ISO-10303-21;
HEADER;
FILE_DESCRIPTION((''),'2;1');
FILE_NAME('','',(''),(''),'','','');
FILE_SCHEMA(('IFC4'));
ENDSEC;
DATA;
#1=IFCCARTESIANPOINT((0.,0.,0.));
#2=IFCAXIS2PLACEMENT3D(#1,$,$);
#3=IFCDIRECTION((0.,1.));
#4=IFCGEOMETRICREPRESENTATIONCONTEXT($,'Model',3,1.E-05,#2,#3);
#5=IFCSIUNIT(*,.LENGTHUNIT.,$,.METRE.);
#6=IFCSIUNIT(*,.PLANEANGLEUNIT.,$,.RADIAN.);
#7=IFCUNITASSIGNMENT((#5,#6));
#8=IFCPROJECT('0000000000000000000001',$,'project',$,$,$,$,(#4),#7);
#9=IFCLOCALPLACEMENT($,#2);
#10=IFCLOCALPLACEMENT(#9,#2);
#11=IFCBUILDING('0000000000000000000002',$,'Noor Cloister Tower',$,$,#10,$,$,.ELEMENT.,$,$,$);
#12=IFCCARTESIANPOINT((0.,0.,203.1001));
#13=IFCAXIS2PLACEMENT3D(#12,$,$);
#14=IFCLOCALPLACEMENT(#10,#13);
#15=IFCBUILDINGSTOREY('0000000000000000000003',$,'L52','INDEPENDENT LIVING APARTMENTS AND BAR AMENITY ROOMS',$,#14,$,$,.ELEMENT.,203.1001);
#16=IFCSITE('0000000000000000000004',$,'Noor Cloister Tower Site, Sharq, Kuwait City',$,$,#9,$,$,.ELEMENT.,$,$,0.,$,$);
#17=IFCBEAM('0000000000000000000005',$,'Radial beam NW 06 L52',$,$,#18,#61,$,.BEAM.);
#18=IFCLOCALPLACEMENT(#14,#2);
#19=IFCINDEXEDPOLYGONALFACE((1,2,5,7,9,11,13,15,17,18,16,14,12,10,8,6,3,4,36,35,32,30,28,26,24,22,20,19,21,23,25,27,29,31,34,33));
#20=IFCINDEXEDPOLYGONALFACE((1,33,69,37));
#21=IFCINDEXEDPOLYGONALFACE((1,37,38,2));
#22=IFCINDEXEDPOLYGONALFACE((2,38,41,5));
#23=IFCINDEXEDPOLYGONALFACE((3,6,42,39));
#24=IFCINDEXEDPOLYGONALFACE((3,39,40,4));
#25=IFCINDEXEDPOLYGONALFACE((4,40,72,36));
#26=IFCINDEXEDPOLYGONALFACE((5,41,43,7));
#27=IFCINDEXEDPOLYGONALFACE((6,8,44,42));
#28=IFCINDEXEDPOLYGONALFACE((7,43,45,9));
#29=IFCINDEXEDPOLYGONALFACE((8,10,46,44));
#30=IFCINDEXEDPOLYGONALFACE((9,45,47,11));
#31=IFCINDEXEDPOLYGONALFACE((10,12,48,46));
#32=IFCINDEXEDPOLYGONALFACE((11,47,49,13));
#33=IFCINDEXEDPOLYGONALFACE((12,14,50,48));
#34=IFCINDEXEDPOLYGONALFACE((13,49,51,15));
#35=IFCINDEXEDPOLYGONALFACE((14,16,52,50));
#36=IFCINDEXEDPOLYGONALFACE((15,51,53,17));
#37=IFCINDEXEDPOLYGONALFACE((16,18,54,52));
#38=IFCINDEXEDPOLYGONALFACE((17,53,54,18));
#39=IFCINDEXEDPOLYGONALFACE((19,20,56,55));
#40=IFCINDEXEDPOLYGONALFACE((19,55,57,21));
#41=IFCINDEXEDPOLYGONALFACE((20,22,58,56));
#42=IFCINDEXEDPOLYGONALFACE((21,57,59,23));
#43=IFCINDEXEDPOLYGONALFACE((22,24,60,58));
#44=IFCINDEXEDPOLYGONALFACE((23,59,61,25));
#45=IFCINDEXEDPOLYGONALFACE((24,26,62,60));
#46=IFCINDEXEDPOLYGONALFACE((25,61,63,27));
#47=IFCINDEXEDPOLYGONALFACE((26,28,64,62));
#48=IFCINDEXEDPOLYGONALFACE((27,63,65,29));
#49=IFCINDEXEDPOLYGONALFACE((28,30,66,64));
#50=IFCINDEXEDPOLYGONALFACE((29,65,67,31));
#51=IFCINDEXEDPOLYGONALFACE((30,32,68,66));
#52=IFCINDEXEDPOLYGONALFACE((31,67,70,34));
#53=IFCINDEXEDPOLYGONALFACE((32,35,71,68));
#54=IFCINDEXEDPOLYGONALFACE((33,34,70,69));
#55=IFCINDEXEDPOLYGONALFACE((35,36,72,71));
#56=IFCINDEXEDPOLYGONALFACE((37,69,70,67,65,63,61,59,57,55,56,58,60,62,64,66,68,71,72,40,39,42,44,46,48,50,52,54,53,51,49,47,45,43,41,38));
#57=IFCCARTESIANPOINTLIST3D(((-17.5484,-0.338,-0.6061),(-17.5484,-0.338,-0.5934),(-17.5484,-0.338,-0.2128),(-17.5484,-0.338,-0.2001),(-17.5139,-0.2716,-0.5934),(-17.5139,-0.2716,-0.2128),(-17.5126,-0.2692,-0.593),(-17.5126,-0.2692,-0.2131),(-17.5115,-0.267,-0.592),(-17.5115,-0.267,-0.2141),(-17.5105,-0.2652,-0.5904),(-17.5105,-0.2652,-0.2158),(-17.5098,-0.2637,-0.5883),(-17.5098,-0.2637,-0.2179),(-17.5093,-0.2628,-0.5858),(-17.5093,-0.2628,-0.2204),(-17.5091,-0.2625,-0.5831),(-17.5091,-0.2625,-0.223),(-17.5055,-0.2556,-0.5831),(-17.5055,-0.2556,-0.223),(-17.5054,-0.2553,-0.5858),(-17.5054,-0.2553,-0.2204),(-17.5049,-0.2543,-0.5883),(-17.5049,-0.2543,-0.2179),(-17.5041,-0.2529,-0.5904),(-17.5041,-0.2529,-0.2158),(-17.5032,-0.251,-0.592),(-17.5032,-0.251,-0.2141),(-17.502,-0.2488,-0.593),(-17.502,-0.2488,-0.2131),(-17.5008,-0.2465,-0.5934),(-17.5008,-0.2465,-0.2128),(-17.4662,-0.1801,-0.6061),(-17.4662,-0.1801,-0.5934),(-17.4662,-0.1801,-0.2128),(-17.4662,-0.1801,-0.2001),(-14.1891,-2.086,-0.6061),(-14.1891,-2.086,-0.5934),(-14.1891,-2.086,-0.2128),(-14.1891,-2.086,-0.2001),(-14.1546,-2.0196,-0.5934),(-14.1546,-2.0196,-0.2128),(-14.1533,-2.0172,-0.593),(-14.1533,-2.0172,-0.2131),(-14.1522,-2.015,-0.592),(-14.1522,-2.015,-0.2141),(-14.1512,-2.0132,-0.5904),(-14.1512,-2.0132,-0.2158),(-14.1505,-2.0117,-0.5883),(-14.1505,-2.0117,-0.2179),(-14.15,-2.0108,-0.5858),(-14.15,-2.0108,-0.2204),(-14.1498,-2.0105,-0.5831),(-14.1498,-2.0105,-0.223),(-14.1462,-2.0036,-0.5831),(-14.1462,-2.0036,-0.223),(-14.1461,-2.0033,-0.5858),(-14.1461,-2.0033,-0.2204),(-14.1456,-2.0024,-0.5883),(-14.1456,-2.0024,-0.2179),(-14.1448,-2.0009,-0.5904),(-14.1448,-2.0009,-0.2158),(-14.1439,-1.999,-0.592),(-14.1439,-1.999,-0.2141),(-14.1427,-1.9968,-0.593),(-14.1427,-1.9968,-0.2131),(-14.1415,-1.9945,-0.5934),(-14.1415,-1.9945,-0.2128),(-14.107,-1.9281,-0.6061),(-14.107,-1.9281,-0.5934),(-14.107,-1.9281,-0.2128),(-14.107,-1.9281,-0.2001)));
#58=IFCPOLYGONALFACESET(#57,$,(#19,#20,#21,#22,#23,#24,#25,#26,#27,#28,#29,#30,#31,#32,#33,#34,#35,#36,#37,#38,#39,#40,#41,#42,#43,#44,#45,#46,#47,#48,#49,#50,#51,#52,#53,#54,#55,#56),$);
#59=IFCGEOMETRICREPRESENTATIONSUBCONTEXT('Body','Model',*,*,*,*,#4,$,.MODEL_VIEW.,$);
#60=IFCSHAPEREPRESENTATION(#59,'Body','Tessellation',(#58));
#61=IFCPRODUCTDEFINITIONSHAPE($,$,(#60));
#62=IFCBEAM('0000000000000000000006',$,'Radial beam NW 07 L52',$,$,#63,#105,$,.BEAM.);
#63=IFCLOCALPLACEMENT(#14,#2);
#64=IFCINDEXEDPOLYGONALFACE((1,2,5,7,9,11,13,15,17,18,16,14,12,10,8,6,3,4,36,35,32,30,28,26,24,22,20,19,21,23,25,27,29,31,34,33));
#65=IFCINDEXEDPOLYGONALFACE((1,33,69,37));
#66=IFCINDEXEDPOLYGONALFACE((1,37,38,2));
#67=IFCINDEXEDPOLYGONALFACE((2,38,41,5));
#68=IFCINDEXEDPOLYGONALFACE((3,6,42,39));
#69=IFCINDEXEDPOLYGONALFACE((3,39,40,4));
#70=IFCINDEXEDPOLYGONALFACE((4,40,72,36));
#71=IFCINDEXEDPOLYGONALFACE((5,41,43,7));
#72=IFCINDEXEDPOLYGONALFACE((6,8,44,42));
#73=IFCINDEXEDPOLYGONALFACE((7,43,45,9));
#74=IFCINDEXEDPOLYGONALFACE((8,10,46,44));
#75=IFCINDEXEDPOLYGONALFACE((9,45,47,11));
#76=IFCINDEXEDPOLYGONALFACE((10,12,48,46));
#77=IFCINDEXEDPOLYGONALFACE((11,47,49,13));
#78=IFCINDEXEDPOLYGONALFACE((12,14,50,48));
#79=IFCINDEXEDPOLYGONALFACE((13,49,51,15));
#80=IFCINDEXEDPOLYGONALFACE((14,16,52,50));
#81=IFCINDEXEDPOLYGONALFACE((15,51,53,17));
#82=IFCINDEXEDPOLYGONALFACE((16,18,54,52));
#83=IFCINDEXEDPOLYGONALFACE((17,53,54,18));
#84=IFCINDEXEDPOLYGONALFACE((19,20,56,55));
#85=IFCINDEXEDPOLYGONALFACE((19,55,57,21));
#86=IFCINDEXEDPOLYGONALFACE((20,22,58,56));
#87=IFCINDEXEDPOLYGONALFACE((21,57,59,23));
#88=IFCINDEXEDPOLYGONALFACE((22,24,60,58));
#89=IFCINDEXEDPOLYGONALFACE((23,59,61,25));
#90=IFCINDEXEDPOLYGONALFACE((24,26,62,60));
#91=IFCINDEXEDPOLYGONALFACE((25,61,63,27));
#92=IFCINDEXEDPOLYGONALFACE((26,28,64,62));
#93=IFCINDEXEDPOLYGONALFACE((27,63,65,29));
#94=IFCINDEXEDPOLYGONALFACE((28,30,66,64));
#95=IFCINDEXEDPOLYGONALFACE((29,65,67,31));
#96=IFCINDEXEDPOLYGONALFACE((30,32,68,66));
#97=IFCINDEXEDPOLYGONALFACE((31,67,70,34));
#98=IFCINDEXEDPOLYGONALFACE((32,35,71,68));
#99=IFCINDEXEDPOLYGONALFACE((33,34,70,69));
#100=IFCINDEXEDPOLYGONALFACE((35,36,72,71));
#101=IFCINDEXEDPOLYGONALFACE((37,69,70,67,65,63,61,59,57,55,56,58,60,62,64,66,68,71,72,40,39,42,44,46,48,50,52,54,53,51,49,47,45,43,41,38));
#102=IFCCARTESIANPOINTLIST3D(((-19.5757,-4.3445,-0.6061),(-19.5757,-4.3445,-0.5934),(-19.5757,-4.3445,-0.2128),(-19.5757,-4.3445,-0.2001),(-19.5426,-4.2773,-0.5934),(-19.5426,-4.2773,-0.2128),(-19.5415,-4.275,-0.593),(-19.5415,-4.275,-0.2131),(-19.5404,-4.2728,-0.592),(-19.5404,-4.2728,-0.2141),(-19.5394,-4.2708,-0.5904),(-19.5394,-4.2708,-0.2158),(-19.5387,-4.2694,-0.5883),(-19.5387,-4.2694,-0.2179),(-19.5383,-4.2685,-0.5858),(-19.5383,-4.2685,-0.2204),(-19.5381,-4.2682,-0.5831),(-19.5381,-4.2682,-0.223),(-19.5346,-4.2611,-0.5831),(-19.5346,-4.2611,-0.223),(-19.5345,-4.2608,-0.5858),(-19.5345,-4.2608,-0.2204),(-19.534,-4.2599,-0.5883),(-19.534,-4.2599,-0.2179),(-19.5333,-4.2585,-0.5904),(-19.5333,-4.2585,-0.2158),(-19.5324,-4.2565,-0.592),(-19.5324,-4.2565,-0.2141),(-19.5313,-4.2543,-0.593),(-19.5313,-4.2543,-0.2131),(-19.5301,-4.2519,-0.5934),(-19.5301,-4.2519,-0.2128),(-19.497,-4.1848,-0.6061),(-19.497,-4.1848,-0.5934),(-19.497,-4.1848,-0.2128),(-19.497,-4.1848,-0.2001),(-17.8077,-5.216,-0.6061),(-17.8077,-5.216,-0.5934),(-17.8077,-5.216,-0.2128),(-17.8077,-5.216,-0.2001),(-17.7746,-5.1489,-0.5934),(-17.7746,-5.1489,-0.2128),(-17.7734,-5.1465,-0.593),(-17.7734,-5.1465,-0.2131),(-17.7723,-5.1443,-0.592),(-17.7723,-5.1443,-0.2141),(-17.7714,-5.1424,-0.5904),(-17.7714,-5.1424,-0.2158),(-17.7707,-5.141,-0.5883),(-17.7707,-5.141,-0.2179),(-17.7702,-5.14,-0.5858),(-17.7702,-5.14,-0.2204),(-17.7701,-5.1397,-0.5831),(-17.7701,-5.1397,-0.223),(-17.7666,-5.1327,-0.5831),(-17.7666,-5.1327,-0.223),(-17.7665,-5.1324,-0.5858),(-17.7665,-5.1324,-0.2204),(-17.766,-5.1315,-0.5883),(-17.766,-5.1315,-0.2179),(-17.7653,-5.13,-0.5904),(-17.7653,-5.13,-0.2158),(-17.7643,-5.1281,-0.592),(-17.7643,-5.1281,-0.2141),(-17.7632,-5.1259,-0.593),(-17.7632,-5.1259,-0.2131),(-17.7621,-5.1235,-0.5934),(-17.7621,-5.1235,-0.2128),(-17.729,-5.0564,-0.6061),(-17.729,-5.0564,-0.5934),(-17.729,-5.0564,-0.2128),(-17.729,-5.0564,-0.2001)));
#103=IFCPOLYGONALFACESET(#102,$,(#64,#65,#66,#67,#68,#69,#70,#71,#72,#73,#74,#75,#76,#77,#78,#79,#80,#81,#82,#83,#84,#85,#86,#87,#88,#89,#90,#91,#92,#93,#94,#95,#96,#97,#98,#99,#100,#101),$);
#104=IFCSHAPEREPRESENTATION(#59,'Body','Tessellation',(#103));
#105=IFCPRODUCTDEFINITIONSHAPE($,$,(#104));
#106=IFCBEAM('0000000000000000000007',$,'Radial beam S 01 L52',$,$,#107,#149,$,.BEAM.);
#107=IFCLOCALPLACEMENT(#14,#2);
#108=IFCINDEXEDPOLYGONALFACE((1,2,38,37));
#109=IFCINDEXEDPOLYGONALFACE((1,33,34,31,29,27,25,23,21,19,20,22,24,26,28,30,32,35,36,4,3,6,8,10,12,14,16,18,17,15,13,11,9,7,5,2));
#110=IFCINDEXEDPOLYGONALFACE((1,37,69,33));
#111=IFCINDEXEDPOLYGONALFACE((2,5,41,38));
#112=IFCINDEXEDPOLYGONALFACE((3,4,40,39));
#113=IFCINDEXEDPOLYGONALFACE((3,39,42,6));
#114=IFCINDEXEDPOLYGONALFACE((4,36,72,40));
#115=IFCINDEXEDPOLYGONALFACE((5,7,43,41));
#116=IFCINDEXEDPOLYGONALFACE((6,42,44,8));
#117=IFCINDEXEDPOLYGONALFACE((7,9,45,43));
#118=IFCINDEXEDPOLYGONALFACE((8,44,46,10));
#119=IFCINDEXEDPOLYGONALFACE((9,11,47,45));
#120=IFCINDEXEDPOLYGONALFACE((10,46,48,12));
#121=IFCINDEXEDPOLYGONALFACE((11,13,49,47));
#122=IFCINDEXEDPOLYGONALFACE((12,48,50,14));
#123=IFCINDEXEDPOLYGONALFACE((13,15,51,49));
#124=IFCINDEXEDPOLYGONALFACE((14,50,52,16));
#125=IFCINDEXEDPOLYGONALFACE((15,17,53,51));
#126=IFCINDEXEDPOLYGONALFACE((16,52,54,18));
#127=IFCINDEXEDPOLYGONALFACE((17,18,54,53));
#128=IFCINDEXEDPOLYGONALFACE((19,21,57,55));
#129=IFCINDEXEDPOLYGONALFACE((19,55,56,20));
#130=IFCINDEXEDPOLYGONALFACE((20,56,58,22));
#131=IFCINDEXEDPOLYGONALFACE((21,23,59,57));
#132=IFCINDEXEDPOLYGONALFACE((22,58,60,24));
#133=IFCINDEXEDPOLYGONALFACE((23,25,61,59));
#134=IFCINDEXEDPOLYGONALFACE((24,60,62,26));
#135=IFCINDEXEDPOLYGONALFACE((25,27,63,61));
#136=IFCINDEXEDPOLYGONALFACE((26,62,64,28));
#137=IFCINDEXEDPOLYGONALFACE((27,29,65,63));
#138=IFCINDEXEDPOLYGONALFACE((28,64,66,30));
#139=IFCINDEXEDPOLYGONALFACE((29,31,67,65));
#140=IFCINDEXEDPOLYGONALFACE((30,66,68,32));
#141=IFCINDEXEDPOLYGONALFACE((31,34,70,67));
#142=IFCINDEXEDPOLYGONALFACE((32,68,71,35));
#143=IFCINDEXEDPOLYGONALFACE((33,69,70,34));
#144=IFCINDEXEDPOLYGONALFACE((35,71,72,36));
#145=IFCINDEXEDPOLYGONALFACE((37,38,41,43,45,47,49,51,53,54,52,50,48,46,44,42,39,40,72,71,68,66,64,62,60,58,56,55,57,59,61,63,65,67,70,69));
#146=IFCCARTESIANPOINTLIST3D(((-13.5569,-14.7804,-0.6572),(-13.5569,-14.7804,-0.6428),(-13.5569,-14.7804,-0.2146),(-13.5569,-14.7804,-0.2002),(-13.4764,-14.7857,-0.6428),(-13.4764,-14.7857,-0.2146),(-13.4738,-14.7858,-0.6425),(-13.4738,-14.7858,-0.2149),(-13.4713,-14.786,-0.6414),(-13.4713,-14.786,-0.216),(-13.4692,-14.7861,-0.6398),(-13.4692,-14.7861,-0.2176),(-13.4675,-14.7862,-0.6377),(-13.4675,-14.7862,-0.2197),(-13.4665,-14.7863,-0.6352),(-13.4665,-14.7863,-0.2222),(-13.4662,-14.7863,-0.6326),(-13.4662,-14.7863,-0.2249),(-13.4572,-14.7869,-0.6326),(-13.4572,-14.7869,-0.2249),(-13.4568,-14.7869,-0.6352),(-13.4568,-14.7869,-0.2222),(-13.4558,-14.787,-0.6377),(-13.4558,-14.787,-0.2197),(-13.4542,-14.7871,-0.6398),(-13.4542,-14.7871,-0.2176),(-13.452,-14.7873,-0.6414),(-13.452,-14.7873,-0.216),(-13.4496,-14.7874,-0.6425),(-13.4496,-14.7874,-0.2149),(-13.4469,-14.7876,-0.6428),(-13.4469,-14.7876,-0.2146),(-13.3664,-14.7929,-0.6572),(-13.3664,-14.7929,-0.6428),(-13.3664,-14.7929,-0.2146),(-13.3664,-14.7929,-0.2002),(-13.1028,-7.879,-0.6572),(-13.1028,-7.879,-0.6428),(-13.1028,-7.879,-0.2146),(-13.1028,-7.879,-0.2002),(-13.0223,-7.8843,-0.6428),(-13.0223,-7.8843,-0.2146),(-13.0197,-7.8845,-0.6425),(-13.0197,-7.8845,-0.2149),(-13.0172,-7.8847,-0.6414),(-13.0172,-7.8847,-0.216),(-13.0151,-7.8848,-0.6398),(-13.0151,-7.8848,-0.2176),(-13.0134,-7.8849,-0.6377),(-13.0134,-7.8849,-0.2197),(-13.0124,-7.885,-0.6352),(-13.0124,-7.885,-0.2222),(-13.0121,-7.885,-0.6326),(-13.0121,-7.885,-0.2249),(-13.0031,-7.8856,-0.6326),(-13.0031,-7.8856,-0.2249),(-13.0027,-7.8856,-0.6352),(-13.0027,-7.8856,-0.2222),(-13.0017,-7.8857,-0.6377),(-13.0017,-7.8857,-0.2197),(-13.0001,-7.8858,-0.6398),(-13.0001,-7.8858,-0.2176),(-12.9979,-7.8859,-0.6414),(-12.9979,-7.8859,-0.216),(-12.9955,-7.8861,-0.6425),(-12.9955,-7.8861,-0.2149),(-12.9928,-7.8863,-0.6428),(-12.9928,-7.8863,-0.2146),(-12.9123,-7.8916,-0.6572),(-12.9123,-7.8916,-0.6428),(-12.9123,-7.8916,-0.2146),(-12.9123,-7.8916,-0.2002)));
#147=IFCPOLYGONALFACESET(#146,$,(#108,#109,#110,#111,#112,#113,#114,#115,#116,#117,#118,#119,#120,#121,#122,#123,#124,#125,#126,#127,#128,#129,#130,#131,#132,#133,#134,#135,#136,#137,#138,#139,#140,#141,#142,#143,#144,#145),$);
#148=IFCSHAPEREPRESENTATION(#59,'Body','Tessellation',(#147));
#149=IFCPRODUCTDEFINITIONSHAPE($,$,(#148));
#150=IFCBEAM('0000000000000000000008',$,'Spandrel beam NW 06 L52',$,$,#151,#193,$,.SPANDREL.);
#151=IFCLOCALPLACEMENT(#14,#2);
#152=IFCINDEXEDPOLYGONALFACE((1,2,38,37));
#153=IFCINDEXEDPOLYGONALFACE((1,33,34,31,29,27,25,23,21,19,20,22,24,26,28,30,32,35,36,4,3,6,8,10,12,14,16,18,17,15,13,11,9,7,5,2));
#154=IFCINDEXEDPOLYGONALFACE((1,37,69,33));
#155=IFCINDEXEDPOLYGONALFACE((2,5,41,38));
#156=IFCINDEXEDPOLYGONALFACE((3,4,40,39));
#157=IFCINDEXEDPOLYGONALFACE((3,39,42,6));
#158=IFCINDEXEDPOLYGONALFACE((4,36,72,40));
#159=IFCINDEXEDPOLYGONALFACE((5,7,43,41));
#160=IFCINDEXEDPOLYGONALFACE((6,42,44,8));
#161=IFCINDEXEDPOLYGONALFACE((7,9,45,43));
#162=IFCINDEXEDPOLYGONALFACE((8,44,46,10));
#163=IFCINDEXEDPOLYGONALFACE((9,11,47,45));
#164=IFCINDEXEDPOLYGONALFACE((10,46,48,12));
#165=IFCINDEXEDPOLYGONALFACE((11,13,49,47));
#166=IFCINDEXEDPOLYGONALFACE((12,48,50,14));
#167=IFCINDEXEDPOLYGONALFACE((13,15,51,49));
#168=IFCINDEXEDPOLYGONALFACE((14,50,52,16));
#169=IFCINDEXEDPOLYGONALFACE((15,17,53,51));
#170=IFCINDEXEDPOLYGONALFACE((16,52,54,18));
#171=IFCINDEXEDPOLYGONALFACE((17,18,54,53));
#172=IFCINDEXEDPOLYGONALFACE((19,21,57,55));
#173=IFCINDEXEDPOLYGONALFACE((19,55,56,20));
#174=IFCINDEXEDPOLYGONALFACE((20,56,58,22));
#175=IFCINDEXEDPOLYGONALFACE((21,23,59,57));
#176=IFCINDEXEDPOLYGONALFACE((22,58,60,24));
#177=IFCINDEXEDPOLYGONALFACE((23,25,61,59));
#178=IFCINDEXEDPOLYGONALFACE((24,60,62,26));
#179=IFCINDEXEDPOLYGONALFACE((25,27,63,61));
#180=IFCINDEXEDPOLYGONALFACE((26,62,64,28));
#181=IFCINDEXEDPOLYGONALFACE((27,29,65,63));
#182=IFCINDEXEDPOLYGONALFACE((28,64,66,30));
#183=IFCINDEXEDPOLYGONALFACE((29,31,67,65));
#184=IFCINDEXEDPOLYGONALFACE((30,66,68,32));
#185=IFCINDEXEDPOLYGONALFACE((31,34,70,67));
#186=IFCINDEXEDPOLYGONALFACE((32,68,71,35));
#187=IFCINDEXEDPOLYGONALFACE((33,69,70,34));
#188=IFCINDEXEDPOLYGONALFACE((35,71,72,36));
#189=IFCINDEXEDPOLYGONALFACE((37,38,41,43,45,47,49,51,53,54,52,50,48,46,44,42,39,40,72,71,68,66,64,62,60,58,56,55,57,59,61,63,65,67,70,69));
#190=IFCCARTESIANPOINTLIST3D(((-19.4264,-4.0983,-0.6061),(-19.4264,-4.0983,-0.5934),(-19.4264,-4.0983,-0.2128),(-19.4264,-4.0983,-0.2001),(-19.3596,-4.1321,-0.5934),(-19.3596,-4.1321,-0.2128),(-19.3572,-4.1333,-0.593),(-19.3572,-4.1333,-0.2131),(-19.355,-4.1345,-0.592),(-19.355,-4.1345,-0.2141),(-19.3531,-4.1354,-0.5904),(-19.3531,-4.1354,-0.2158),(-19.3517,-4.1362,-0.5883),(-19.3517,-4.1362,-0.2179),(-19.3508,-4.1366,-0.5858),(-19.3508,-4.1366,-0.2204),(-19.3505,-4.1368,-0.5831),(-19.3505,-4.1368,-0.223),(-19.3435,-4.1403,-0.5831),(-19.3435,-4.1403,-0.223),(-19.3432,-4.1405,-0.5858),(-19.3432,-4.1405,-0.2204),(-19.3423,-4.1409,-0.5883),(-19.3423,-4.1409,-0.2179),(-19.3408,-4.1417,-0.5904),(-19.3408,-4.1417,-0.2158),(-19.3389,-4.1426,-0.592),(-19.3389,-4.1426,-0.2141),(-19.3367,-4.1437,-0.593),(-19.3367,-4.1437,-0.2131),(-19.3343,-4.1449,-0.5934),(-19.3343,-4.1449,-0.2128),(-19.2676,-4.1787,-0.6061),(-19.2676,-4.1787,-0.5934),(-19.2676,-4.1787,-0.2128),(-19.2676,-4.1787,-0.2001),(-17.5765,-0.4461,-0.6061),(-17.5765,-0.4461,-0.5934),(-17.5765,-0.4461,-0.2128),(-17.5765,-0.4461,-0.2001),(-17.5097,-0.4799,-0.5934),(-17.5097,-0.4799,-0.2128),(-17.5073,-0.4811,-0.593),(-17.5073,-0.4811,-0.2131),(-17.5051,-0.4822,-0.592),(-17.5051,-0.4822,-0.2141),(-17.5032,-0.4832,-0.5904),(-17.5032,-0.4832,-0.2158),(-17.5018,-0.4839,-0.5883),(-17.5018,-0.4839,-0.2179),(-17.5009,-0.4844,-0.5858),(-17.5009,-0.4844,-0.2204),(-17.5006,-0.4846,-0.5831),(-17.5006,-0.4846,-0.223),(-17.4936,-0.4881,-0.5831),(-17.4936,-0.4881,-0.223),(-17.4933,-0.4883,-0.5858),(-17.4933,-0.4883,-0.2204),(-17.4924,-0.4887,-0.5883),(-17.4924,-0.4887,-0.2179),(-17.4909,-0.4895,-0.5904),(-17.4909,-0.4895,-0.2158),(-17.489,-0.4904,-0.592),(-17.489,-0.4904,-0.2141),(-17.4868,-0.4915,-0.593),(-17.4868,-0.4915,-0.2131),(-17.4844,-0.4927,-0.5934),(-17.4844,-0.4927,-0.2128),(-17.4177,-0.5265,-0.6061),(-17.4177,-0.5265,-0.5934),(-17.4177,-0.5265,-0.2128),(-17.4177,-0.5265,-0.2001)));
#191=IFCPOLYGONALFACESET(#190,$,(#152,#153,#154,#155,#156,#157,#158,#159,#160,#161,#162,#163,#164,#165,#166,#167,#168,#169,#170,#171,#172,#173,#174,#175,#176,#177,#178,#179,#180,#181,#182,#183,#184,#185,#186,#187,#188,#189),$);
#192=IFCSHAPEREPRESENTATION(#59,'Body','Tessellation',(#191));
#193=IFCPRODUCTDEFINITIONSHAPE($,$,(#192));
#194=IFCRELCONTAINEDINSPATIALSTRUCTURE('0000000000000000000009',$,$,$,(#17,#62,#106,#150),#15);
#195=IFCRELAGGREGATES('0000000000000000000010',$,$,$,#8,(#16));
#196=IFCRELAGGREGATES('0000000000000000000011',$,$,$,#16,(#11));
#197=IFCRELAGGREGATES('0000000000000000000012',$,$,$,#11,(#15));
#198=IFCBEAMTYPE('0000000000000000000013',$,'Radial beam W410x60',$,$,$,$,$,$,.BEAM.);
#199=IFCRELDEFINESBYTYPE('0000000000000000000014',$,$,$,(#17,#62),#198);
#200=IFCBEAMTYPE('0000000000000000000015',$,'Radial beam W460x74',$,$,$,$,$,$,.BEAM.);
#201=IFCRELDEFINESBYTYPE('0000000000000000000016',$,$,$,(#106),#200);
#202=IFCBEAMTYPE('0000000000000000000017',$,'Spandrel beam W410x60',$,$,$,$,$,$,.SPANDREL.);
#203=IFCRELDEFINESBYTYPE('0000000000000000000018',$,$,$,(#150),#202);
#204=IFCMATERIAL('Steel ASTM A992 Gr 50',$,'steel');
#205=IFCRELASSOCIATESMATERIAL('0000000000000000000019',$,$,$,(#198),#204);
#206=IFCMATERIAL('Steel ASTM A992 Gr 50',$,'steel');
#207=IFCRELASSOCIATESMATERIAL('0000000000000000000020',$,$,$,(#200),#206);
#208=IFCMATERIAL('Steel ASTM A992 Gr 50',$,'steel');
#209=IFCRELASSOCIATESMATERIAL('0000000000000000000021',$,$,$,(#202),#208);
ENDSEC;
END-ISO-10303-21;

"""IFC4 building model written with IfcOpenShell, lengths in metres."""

from ifc_helpers import new_model, si_unit, direction, frame, origin, origin_2d, place, context, subcontext, project, spatial, i_section, extrude, material, material_profile, profile_set, type_object, element, save


model = new_model("IFC4")

# Units and contexts
model_context = context("Model", 3, precision=1e-05, world=origin(), true_north=direction((0.0, 1.0)))
body_context = subcontext(model_context, "Body", "Model", "MODEL_VIEW")
ifc_project = project(units=[si_unit("LENGTHUNIT", "METRE"), si_unit("PLANEANGLEUNIT", "RADIAN")], contexts=[model_context])

# Site, building, storey
site_placement = place(None, origin())
site = spatial("IfcSite", under=ifc_project, at=site_placement, Name="Noor Cloister Tower Site, Sharq, Kuwait City", CompositionType="ELEMENT", RefElevation=0.0)
building_placement = place(site_placement, origin())
building = spatial("IfcBuilding", under=site, at=building_placement, Name="Noor Cloister Tower", CompositionType="ELEMENT")
storey_placement = place(building_placement, frame((0.0, 0.0, 203.1001)))
storey = spatial("IfcBuildingStorey", under=building, at=storey_placement, Name="L52", Description="INDEPENDENT LIVING APARTMENTS AND BAR AMENITY ROOMS", CompositionType="ELEMENT", Elevation=203.1001)

# Beams
ifc_material_1 = material(Name="Steel ASTM A992 Gr 50", Category="steel")
ifc_material_profile_1 = material_profile(ifc_material_1, i_section(OverallWidth=0.178, OverallDepth=0.406, WebThickness=0.0078, FlangeThickness=0.0127, FilletRadius=0.0103, at=origin_2d()), Name="W410x60")
ifc_profile_set_1 = profile_set([ifc_material_profile_1], Name="Steel ASTM A992 Gr 50")
beam_type_1 = type_object("IfcBeamType", Name="Radial beam W410x60", PredefinedType="BEAM", material=ifc_profile_set_1)
beam_1_placement = place(storey_placement, frame((-17.5073, -0.259, -0.4031), z_axis=(0.88709, -0.461596, 0.0), x_axis=(0.461596, 0.88709, 0.0)))
element("IfcBeam", 1, at=beam_1_placement, inside=storey, type_object=beam_type_1, Name="Radial beam NW 06 L52", PredefinedType="BEAM", context=body_context, shape_type="SweptSolid", body=[
    extrude(i_section(OverallWidth=0.178, OverallDepth=0.406, WebThickness=0.0078, FlangeThickness=0.0127, FilletRadius=0.0103, at=origin_2d()), origin(), (0.0, 0.0, 1.0), 3.7869),
])
beam_2_placement = place(storey_placement, frame((-19.5364, -4.2646, -0.4031), z_axis=(0.89694, -0.442153, 0.0), x_axis=(0.442153, 0.89694, 0.0)))
element("IfcBeam", 2, at=beam_2_placement, inside=storey, type_object=beam_type_1, Name="Radial beam NW 07 L52", PredefinedType="BEAM", context=body_context, shape_type="SweptSolid", body=[
    extrude(i_section(OverallWidth=0.178, OverallDepth=0.406, WebThickness=0.0078, FlangeThickness=0.0127, FilletRadius=0.0103, at=origin_2d()), origin(), (0.0, 0.0, 1.0), 1.9712),
])
ifc_material_2 = material(Name="Steel ASTM A992 Gr 50", Category="steel")
ifc_material_profile_2 = material_profile(ifc_material_2, i_section(OverallWidth=0.1909, OverallDepth=0.457, WebThickness=0.009, FlangeThickness=0.0144, FilletRadius=0.0103, at=origin_2d()), Name="W460x74")
ifc_profile_set_2 = profile_set([ifc_material_profile_2], Name="Steel ASTM A992 Gr 50")
beam_type_2 = type_object("IfcBeamType", Name="Radial beam W460x74", PredefinedType="BEAM", material=ifc_profile_set_2)
beam_3_placement = place(storey_placement, frame((-13.4617, -14.7866, -0.4287), z_axis=(0.065657, 0.997842, 0.0), x_axis=(-0.997842, 0.065657, 0.0)))
element("IfcBeam", 3, at=beam_3_placement, inside=storey, type_object=beam_type_2, Name="Radial beam S 01 L52", PredefinedType="BEAM", context=body_context, shape_type="SweptSolid", body=[
    extrude(i_section(OverallWidth=0.1909, OverallDepth=0.457, WebThickness=0.009, FlangeThickness=0.0144, FilletRadius=0.0103, at=origin_2d()), origin(), (0.0, 0.0, 1.0), 6.9163),
])
ifc_material_3 = material(Name="Steel ASTM A992 Gr 50", Category="steel")
ifc_material_profile_3 = material_profile(ifc_material_3, i_section(OverallWidth=0.178, OverallDepth=0.406, WebThickness=0.0078, FlangeThickness=0.0127, FilletRadius=0.0103, at=origin_2d()), Name="W410x60")
ifc_profile_set_3 = profile_set([ifc_material_profile_3], Name="Steel ASTM A992 Gr 50")
beam_type_3 = type_object("IfcBeamType", Name="Spandrel beam W410x60", PredefinedType="SPANDREL", material=ifc_profile_set_3)
for number, where, z_axis, x_axis, name in (
    (4, (-17.4971, -0.4863, -0.4031), (-0.451859, -0.892089, 0.0), (0.892089, -0.451859, 0.0), "Spandrel beam NW 06 L52"),
):
    element("IfcBeam", number, at=place(storey_placement, frame(where, z_axis=z_axis, x_axis=x_axis)), inside=storey, type_object=beam_type_3, Name=name, PredefinedType="SPANDREL", context=body_context, shape_type="SweptSolid", body=[
        extrude(i_section(OverallWidth=0.178, OverallDepth=0.406, WebThickness=0.0078, FlangeThickness=0.0127, FilletRadius=0.0103, at=origin_2d()), origin(), (0.0, 0.0, 1.0), 4.094),
    ])

save(model, "model.ifc")
